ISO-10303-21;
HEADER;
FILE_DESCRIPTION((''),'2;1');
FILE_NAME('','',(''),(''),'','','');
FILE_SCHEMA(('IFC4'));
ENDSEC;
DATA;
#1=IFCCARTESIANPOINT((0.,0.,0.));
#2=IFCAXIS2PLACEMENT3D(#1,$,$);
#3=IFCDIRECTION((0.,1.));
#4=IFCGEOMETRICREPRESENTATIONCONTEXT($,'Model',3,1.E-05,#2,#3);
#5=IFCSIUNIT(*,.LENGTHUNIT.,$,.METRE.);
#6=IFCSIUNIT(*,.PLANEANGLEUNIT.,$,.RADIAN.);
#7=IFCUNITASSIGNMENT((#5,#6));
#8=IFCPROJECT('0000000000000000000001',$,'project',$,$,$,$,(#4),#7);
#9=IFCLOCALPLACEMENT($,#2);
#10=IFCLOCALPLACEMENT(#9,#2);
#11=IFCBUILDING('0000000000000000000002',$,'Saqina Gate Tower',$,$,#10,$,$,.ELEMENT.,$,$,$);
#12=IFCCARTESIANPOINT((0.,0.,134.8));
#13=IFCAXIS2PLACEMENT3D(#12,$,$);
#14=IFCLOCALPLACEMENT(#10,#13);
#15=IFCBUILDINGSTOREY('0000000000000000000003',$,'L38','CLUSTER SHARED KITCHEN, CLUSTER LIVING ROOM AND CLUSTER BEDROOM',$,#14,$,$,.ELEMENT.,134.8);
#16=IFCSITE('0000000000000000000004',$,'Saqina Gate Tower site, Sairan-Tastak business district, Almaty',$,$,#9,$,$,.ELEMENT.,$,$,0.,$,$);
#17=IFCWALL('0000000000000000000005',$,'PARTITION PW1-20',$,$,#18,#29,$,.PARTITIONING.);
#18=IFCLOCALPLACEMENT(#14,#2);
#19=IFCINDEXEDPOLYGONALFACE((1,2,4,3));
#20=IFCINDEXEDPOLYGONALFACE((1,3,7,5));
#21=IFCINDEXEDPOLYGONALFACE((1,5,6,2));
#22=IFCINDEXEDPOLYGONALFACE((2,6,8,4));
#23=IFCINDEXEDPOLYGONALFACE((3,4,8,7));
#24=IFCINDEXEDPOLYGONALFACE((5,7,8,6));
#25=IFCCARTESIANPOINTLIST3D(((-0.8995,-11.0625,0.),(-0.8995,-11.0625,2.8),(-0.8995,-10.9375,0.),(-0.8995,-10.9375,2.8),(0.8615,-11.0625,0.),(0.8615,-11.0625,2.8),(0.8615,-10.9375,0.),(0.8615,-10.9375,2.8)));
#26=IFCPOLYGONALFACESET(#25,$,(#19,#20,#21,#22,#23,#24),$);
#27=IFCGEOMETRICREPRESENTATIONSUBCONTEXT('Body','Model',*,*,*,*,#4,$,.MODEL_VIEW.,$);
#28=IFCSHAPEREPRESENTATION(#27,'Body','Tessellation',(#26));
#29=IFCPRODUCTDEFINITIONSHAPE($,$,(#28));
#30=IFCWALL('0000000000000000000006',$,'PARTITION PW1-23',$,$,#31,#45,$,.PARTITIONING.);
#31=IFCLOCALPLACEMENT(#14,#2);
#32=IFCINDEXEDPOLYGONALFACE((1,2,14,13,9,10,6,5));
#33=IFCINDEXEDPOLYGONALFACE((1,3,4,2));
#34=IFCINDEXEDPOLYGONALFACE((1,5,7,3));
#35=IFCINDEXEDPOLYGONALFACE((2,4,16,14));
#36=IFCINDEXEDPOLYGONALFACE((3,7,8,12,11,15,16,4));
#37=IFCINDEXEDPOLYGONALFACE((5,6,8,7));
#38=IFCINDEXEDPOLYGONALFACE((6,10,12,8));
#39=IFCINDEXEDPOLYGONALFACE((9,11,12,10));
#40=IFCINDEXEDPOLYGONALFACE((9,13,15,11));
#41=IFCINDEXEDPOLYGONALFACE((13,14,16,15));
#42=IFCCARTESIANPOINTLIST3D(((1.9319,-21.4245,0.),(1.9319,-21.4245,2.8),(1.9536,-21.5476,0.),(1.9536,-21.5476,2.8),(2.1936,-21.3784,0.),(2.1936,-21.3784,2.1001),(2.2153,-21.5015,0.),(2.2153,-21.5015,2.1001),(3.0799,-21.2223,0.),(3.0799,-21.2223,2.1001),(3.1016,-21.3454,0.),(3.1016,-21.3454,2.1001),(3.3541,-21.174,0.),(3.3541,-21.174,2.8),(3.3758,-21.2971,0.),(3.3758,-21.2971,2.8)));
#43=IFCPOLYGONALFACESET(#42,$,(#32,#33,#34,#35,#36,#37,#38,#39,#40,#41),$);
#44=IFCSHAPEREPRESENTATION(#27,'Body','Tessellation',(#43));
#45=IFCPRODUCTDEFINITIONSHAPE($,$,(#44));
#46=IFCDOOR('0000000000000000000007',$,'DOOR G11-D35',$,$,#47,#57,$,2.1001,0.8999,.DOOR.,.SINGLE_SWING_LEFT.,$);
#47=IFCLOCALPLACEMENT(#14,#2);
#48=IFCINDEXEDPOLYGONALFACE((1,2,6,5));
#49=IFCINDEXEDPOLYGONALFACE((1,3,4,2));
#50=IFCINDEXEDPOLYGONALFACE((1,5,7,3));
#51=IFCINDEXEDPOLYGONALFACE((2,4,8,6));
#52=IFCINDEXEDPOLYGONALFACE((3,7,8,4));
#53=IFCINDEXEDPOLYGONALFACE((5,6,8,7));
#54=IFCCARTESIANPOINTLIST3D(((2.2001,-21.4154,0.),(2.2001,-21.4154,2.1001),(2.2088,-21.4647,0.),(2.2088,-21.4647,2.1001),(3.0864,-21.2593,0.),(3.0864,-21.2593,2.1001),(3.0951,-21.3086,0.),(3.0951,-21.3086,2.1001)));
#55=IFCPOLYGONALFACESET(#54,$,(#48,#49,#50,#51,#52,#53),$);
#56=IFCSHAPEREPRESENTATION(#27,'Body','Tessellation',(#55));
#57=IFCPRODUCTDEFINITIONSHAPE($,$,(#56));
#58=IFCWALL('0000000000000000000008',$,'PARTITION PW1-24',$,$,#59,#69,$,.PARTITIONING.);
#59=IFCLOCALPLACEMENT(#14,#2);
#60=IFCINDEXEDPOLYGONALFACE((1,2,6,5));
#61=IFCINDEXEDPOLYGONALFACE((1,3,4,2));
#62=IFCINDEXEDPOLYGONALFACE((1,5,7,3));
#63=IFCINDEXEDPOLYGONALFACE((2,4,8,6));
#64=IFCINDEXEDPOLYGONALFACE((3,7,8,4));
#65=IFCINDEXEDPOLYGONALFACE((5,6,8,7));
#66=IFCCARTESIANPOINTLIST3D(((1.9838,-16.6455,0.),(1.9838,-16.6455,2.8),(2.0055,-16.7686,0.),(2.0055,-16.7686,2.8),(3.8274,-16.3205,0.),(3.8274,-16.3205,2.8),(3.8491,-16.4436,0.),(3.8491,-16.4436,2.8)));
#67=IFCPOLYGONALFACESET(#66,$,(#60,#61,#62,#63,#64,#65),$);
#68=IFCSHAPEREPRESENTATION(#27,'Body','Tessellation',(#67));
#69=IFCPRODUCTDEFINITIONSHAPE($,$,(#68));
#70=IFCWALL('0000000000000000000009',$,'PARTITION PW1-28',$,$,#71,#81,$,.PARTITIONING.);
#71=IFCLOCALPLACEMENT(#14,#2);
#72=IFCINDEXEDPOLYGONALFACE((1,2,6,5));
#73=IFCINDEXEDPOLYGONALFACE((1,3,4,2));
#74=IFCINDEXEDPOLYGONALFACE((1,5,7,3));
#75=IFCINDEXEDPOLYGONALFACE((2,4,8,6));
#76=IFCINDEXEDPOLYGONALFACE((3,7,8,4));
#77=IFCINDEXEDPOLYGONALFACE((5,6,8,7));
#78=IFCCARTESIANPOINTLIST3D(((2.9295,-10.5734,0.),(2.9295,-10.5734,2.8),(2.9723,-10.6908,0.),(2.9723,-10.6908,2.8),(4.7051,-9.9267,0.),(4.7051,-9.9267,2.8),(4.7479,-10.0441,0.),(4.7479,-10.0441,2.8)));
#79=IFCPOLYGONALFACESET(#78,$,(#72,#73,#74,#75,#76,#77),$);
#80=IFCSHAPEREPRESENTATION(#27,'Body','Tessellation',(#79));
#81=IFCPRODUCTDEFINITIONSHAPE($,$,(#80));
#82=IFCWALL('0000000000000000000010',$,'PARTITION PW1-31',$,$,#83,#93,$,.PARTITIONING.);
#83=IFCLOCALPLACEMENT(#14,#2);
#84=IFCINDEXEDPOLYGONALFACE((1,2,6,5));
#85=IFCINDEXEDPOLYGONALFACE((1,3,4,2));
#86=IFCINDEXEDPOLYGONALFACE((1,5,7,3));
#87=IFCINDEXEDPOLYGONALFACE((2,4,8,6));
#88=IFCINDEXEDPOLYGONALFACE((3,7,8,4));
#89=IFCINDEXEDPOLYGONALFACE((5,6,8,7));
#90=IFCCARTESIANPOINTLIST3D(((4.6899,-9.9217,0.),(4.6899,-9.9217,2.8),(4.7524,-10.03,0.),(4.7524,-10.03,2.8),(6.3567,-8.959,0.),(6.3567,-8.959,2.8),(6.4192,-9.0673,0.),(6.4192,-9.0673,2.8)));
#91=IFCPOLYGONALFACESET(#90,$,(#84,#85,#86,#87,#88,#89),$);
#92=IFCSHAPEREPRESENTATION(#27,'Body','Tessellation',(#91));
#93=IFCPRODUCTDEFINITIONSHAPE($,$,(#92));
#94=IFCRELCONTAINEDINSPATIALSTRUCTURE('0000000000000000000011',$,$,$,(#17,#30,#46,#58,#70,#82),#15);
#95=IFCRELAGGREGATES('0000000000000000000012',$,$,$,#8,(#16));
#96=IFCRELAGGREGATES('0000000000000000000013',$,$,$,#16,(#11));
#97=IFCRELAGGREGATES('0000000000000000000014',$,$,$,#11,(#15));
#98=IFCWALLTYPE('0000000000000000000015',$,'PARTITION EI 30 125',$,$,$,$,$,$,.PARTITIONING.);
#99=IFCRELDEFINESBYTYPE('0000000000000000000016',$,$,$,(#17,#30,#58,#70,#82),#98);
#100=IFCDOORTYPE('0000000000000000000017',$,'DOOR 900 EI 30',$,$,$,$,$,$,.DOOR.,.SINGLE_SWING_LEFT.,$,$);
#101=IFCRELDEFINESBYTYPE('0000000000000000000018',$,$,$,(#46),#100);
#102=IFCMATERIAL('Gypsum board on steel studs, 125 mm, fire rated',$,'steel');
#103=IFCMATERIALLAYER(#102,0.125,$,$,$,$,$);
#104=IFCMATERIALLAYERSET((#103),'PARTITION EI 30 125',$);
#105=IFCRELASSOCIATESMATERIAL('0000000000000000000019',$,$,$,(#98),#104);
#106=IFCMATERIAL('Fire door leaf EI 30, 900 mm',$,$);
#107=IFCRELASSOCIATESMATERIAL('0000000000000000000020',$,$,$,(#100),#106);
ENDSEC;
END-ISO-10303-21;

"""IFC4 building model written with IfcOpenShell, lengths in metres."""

from ifc_helpers import new_model, si_unit, direction, frame, frame_2d, origin, place, context, subcontext, project, spatial, rectangle, extrude, material, layer, layer_set, type_object, element, fill, save


model = new_model("IFC4")

# Units and contexts
model_context = context("Model", 3, precision=1e-05, world=origin(), true_north=direction((0.0, 1.0)))
body_context = subcontext(model_context, "Body", "Model", "MODEL_VIEW")
ifc_project = project(units=[si_unit("LENGTHUNIT", "METRE"), si_unit("PLANEANGLEUNIT", "RADIAN")], contexts=[model_context])

# Site, building, storey
site_placement = place(None, origin())
site = spatial("IfcSite", under=ifc_project, at=site_placement, Name="Saqina Gate Tower site, Sairan-Tastak business district, Almaty", CompositionType="ELEMENT", RefElevation=0.0)
building_placement = place(site_placement, origin())
building = spatial("IfcBuilding", under=site, at=building_placement, Name="Saqina Gate Tower", CompositionType="ELEMENT")
storey_placement = place(building_placement, frame((0.0, 0.0, 134.8)))
storey = spatial("IfcBuildingStorey", under=building, at=storey_placement, Name="L38", Description="CLUSTER SHARED KITCHEN, CLUSTER LIVING ROOM AND CLUSTER BEDROOM", CompositionType="ELEMENT", Elevation=134.8)

# Shared definitions
ifc_material_1 = material(Name="Gypsum board on steel studs, 125 mm, fire rated", Category="steel")
ifc_layer_1 = layer(ifc_material_1, 0.125)
ifc_layer_set_1 = layer_set([ifc_layer_1], Name="PARTITION EI 30 125")
wall_type_1 = type_object("IfcWallType", Name="PARTITION EI 30 125", PredefinedType="PARTITIONING", material=ifc_layer_set_1)

# Shared definitions
ifc_material_2 = material(Name="Fire door leaf EI 30, 900 mm")
door_type_1 = type_object("IfcDoorType", Name="DOOR 900 EI 30", OperationType="SINGLE_SWING_LEFT", PredefinedType="DOOR", material=ifc_material_2)

# Wall
wall_1_placement = place(storey_placement, frame((-0.8994, -11.0, 0.0), z_axis=(0.0, 0.0, 1.0), x_axis=(1.0, 0.0, 0.0)))
element("IfcWall", 1, at=wall_1_placement, inside=storey, type_object=wall_type_1, Name="PARTITION PW1-20", PredefinedType="PARTITIONING", context=body_context, shape_type="SweptSolid", body=[
    extrude(rectangle(XDim=1.761, YDim=0.125, at=frame_2d((0.8804, 0.0))), origin(), (0.0, 0.0, 1.0), 2.8),
])

# Wall, opening, door
wall_2_placement = place(storey_placement, frame((1.9426, -21.4861, 0.0), z_axis=(0.0, 0.0, 1.0), x_axis=(0.98484, 0.173467, 0.0)))
wall_2 = element("IfcWall", 2, at=wall_2_placement, inside=storey, type_object=wall_type_1, Name="PARTITION PW1-23", PredefinedType="PARTITIONING", context=body_context, shape_type="SweptSolid", body=[
    extrude(rectangle(XDim=1.4441, YDim=0.125, at=frame_2d((0.7222, 0.0))), origin(), (0.0, 0.0, 1.0), 2.8),
])
opening_1_placement = place(wall_2_placement, frame((0.2659, 0.0, 0.0)))
opening_1 = element("IfcOpeningElement", 3, at=opening_1_placement, cuts=wall_2, PredefinedType="OPENING", context=body_context, shape_type="SweptSolid", body=[
    extrude(rectangle(XDim=0.8999, YDim=2.1001, at=frame_2d((0.45, 1.05))), frame((0.0, 0.0745, 0.0), z_axis=(0.0, -1.0, 0.0), x_axis=(1.0, 0.0, 0.0)), (0.0, 0.0, 1.0), 0.1489),
])
door_1_placement = place(opening_1_placement, origin())
door_1 = element("IfcDoor", 4, at=door_1_placement, inside=storey, type_object=door_type_1, Name="DOOR G11-D35", OperationType="SINGLE_SWING_LEFT", OverallHeight=2.1001, OverallWidth=0.8999, PredefinedType="DOOR", context=body_context, shape_type="SweptSolid", body=[
    extrude(rectangle(XDim=0.8999, YDim=2.1001, at=frame_2d((0.45, 1.05))), frame((0.0, 0.0249, 0.0), z_axis=(0.0, -1.0, 0.0), x_axis=(1.0, 0.0, 0.0)), (0.0, 0.0, 1.0), 0.05),
])
fill(opening_1, door_1)

# Walls
wall_3_placement = place(storey_placement, frame((1.9946, -16.707, 0.0), z_axis=(0.0, 0.0, 1.0), x_axis=(0.984822, 0.17357, 0.0)))
element("IfcWall", 5, at=wall_3_placement, inside=storey, type_object=wall_type_1, Name="PARTITION PW1-24", PredefinedType="PARTITIONING", context=body_context, shape_type="SweptSolid", body=[
    extrude(rectangle(XDim=1.8721, YDim=0.125, at=frame_2d((0.936, 0.0))), origin(), (0.0, 0.0, 1.0), 2.8),
])
wall_4_placement = place(storey_placement, frame((2.9509, -10.6321, 0.0), z_axis=(0.0, 0.0, 1.0), x_axis=(0.939616, 0.342231, 0.0)))
element("IfcWall", 6, at=wall_4_placement, inside=storey, type_object=wall_type_1, Name="PARTITION PW1-28", PredefinedType="PARTITIONING", context=body_context, shape_type="SweptSolid", body=[
    extrude(rectangle(XDim=1.8896, YDim=0.125, at=frame_2d((0.9448, 0.0))), origin(), (0.0, 0.0, 1.0), 2.8),
])
wall_5_placement = place(storey_placement, frame((4.7212, -9.9758, 0.0), z_axis=(0.0, 0.0, 1.0), x_axis=(0.865947, 0.500136, 0.0)))
element("IfcWall", 7, at=wall_5_placement, inside=storey, type_object=wall_type_1, Name="PARTITION PW1-31", PredefinedType="PARTITIONING", context=body_context, shape_type="SweptSolid", body=[
    extrude(rectangle(XDim=1.9248, YDim=0.125, at=frame_2d((0.9624, 0.0))), origin(), (0.0, 0.0, 1.0), 2.8),
])

save(model, "model.ifc")
